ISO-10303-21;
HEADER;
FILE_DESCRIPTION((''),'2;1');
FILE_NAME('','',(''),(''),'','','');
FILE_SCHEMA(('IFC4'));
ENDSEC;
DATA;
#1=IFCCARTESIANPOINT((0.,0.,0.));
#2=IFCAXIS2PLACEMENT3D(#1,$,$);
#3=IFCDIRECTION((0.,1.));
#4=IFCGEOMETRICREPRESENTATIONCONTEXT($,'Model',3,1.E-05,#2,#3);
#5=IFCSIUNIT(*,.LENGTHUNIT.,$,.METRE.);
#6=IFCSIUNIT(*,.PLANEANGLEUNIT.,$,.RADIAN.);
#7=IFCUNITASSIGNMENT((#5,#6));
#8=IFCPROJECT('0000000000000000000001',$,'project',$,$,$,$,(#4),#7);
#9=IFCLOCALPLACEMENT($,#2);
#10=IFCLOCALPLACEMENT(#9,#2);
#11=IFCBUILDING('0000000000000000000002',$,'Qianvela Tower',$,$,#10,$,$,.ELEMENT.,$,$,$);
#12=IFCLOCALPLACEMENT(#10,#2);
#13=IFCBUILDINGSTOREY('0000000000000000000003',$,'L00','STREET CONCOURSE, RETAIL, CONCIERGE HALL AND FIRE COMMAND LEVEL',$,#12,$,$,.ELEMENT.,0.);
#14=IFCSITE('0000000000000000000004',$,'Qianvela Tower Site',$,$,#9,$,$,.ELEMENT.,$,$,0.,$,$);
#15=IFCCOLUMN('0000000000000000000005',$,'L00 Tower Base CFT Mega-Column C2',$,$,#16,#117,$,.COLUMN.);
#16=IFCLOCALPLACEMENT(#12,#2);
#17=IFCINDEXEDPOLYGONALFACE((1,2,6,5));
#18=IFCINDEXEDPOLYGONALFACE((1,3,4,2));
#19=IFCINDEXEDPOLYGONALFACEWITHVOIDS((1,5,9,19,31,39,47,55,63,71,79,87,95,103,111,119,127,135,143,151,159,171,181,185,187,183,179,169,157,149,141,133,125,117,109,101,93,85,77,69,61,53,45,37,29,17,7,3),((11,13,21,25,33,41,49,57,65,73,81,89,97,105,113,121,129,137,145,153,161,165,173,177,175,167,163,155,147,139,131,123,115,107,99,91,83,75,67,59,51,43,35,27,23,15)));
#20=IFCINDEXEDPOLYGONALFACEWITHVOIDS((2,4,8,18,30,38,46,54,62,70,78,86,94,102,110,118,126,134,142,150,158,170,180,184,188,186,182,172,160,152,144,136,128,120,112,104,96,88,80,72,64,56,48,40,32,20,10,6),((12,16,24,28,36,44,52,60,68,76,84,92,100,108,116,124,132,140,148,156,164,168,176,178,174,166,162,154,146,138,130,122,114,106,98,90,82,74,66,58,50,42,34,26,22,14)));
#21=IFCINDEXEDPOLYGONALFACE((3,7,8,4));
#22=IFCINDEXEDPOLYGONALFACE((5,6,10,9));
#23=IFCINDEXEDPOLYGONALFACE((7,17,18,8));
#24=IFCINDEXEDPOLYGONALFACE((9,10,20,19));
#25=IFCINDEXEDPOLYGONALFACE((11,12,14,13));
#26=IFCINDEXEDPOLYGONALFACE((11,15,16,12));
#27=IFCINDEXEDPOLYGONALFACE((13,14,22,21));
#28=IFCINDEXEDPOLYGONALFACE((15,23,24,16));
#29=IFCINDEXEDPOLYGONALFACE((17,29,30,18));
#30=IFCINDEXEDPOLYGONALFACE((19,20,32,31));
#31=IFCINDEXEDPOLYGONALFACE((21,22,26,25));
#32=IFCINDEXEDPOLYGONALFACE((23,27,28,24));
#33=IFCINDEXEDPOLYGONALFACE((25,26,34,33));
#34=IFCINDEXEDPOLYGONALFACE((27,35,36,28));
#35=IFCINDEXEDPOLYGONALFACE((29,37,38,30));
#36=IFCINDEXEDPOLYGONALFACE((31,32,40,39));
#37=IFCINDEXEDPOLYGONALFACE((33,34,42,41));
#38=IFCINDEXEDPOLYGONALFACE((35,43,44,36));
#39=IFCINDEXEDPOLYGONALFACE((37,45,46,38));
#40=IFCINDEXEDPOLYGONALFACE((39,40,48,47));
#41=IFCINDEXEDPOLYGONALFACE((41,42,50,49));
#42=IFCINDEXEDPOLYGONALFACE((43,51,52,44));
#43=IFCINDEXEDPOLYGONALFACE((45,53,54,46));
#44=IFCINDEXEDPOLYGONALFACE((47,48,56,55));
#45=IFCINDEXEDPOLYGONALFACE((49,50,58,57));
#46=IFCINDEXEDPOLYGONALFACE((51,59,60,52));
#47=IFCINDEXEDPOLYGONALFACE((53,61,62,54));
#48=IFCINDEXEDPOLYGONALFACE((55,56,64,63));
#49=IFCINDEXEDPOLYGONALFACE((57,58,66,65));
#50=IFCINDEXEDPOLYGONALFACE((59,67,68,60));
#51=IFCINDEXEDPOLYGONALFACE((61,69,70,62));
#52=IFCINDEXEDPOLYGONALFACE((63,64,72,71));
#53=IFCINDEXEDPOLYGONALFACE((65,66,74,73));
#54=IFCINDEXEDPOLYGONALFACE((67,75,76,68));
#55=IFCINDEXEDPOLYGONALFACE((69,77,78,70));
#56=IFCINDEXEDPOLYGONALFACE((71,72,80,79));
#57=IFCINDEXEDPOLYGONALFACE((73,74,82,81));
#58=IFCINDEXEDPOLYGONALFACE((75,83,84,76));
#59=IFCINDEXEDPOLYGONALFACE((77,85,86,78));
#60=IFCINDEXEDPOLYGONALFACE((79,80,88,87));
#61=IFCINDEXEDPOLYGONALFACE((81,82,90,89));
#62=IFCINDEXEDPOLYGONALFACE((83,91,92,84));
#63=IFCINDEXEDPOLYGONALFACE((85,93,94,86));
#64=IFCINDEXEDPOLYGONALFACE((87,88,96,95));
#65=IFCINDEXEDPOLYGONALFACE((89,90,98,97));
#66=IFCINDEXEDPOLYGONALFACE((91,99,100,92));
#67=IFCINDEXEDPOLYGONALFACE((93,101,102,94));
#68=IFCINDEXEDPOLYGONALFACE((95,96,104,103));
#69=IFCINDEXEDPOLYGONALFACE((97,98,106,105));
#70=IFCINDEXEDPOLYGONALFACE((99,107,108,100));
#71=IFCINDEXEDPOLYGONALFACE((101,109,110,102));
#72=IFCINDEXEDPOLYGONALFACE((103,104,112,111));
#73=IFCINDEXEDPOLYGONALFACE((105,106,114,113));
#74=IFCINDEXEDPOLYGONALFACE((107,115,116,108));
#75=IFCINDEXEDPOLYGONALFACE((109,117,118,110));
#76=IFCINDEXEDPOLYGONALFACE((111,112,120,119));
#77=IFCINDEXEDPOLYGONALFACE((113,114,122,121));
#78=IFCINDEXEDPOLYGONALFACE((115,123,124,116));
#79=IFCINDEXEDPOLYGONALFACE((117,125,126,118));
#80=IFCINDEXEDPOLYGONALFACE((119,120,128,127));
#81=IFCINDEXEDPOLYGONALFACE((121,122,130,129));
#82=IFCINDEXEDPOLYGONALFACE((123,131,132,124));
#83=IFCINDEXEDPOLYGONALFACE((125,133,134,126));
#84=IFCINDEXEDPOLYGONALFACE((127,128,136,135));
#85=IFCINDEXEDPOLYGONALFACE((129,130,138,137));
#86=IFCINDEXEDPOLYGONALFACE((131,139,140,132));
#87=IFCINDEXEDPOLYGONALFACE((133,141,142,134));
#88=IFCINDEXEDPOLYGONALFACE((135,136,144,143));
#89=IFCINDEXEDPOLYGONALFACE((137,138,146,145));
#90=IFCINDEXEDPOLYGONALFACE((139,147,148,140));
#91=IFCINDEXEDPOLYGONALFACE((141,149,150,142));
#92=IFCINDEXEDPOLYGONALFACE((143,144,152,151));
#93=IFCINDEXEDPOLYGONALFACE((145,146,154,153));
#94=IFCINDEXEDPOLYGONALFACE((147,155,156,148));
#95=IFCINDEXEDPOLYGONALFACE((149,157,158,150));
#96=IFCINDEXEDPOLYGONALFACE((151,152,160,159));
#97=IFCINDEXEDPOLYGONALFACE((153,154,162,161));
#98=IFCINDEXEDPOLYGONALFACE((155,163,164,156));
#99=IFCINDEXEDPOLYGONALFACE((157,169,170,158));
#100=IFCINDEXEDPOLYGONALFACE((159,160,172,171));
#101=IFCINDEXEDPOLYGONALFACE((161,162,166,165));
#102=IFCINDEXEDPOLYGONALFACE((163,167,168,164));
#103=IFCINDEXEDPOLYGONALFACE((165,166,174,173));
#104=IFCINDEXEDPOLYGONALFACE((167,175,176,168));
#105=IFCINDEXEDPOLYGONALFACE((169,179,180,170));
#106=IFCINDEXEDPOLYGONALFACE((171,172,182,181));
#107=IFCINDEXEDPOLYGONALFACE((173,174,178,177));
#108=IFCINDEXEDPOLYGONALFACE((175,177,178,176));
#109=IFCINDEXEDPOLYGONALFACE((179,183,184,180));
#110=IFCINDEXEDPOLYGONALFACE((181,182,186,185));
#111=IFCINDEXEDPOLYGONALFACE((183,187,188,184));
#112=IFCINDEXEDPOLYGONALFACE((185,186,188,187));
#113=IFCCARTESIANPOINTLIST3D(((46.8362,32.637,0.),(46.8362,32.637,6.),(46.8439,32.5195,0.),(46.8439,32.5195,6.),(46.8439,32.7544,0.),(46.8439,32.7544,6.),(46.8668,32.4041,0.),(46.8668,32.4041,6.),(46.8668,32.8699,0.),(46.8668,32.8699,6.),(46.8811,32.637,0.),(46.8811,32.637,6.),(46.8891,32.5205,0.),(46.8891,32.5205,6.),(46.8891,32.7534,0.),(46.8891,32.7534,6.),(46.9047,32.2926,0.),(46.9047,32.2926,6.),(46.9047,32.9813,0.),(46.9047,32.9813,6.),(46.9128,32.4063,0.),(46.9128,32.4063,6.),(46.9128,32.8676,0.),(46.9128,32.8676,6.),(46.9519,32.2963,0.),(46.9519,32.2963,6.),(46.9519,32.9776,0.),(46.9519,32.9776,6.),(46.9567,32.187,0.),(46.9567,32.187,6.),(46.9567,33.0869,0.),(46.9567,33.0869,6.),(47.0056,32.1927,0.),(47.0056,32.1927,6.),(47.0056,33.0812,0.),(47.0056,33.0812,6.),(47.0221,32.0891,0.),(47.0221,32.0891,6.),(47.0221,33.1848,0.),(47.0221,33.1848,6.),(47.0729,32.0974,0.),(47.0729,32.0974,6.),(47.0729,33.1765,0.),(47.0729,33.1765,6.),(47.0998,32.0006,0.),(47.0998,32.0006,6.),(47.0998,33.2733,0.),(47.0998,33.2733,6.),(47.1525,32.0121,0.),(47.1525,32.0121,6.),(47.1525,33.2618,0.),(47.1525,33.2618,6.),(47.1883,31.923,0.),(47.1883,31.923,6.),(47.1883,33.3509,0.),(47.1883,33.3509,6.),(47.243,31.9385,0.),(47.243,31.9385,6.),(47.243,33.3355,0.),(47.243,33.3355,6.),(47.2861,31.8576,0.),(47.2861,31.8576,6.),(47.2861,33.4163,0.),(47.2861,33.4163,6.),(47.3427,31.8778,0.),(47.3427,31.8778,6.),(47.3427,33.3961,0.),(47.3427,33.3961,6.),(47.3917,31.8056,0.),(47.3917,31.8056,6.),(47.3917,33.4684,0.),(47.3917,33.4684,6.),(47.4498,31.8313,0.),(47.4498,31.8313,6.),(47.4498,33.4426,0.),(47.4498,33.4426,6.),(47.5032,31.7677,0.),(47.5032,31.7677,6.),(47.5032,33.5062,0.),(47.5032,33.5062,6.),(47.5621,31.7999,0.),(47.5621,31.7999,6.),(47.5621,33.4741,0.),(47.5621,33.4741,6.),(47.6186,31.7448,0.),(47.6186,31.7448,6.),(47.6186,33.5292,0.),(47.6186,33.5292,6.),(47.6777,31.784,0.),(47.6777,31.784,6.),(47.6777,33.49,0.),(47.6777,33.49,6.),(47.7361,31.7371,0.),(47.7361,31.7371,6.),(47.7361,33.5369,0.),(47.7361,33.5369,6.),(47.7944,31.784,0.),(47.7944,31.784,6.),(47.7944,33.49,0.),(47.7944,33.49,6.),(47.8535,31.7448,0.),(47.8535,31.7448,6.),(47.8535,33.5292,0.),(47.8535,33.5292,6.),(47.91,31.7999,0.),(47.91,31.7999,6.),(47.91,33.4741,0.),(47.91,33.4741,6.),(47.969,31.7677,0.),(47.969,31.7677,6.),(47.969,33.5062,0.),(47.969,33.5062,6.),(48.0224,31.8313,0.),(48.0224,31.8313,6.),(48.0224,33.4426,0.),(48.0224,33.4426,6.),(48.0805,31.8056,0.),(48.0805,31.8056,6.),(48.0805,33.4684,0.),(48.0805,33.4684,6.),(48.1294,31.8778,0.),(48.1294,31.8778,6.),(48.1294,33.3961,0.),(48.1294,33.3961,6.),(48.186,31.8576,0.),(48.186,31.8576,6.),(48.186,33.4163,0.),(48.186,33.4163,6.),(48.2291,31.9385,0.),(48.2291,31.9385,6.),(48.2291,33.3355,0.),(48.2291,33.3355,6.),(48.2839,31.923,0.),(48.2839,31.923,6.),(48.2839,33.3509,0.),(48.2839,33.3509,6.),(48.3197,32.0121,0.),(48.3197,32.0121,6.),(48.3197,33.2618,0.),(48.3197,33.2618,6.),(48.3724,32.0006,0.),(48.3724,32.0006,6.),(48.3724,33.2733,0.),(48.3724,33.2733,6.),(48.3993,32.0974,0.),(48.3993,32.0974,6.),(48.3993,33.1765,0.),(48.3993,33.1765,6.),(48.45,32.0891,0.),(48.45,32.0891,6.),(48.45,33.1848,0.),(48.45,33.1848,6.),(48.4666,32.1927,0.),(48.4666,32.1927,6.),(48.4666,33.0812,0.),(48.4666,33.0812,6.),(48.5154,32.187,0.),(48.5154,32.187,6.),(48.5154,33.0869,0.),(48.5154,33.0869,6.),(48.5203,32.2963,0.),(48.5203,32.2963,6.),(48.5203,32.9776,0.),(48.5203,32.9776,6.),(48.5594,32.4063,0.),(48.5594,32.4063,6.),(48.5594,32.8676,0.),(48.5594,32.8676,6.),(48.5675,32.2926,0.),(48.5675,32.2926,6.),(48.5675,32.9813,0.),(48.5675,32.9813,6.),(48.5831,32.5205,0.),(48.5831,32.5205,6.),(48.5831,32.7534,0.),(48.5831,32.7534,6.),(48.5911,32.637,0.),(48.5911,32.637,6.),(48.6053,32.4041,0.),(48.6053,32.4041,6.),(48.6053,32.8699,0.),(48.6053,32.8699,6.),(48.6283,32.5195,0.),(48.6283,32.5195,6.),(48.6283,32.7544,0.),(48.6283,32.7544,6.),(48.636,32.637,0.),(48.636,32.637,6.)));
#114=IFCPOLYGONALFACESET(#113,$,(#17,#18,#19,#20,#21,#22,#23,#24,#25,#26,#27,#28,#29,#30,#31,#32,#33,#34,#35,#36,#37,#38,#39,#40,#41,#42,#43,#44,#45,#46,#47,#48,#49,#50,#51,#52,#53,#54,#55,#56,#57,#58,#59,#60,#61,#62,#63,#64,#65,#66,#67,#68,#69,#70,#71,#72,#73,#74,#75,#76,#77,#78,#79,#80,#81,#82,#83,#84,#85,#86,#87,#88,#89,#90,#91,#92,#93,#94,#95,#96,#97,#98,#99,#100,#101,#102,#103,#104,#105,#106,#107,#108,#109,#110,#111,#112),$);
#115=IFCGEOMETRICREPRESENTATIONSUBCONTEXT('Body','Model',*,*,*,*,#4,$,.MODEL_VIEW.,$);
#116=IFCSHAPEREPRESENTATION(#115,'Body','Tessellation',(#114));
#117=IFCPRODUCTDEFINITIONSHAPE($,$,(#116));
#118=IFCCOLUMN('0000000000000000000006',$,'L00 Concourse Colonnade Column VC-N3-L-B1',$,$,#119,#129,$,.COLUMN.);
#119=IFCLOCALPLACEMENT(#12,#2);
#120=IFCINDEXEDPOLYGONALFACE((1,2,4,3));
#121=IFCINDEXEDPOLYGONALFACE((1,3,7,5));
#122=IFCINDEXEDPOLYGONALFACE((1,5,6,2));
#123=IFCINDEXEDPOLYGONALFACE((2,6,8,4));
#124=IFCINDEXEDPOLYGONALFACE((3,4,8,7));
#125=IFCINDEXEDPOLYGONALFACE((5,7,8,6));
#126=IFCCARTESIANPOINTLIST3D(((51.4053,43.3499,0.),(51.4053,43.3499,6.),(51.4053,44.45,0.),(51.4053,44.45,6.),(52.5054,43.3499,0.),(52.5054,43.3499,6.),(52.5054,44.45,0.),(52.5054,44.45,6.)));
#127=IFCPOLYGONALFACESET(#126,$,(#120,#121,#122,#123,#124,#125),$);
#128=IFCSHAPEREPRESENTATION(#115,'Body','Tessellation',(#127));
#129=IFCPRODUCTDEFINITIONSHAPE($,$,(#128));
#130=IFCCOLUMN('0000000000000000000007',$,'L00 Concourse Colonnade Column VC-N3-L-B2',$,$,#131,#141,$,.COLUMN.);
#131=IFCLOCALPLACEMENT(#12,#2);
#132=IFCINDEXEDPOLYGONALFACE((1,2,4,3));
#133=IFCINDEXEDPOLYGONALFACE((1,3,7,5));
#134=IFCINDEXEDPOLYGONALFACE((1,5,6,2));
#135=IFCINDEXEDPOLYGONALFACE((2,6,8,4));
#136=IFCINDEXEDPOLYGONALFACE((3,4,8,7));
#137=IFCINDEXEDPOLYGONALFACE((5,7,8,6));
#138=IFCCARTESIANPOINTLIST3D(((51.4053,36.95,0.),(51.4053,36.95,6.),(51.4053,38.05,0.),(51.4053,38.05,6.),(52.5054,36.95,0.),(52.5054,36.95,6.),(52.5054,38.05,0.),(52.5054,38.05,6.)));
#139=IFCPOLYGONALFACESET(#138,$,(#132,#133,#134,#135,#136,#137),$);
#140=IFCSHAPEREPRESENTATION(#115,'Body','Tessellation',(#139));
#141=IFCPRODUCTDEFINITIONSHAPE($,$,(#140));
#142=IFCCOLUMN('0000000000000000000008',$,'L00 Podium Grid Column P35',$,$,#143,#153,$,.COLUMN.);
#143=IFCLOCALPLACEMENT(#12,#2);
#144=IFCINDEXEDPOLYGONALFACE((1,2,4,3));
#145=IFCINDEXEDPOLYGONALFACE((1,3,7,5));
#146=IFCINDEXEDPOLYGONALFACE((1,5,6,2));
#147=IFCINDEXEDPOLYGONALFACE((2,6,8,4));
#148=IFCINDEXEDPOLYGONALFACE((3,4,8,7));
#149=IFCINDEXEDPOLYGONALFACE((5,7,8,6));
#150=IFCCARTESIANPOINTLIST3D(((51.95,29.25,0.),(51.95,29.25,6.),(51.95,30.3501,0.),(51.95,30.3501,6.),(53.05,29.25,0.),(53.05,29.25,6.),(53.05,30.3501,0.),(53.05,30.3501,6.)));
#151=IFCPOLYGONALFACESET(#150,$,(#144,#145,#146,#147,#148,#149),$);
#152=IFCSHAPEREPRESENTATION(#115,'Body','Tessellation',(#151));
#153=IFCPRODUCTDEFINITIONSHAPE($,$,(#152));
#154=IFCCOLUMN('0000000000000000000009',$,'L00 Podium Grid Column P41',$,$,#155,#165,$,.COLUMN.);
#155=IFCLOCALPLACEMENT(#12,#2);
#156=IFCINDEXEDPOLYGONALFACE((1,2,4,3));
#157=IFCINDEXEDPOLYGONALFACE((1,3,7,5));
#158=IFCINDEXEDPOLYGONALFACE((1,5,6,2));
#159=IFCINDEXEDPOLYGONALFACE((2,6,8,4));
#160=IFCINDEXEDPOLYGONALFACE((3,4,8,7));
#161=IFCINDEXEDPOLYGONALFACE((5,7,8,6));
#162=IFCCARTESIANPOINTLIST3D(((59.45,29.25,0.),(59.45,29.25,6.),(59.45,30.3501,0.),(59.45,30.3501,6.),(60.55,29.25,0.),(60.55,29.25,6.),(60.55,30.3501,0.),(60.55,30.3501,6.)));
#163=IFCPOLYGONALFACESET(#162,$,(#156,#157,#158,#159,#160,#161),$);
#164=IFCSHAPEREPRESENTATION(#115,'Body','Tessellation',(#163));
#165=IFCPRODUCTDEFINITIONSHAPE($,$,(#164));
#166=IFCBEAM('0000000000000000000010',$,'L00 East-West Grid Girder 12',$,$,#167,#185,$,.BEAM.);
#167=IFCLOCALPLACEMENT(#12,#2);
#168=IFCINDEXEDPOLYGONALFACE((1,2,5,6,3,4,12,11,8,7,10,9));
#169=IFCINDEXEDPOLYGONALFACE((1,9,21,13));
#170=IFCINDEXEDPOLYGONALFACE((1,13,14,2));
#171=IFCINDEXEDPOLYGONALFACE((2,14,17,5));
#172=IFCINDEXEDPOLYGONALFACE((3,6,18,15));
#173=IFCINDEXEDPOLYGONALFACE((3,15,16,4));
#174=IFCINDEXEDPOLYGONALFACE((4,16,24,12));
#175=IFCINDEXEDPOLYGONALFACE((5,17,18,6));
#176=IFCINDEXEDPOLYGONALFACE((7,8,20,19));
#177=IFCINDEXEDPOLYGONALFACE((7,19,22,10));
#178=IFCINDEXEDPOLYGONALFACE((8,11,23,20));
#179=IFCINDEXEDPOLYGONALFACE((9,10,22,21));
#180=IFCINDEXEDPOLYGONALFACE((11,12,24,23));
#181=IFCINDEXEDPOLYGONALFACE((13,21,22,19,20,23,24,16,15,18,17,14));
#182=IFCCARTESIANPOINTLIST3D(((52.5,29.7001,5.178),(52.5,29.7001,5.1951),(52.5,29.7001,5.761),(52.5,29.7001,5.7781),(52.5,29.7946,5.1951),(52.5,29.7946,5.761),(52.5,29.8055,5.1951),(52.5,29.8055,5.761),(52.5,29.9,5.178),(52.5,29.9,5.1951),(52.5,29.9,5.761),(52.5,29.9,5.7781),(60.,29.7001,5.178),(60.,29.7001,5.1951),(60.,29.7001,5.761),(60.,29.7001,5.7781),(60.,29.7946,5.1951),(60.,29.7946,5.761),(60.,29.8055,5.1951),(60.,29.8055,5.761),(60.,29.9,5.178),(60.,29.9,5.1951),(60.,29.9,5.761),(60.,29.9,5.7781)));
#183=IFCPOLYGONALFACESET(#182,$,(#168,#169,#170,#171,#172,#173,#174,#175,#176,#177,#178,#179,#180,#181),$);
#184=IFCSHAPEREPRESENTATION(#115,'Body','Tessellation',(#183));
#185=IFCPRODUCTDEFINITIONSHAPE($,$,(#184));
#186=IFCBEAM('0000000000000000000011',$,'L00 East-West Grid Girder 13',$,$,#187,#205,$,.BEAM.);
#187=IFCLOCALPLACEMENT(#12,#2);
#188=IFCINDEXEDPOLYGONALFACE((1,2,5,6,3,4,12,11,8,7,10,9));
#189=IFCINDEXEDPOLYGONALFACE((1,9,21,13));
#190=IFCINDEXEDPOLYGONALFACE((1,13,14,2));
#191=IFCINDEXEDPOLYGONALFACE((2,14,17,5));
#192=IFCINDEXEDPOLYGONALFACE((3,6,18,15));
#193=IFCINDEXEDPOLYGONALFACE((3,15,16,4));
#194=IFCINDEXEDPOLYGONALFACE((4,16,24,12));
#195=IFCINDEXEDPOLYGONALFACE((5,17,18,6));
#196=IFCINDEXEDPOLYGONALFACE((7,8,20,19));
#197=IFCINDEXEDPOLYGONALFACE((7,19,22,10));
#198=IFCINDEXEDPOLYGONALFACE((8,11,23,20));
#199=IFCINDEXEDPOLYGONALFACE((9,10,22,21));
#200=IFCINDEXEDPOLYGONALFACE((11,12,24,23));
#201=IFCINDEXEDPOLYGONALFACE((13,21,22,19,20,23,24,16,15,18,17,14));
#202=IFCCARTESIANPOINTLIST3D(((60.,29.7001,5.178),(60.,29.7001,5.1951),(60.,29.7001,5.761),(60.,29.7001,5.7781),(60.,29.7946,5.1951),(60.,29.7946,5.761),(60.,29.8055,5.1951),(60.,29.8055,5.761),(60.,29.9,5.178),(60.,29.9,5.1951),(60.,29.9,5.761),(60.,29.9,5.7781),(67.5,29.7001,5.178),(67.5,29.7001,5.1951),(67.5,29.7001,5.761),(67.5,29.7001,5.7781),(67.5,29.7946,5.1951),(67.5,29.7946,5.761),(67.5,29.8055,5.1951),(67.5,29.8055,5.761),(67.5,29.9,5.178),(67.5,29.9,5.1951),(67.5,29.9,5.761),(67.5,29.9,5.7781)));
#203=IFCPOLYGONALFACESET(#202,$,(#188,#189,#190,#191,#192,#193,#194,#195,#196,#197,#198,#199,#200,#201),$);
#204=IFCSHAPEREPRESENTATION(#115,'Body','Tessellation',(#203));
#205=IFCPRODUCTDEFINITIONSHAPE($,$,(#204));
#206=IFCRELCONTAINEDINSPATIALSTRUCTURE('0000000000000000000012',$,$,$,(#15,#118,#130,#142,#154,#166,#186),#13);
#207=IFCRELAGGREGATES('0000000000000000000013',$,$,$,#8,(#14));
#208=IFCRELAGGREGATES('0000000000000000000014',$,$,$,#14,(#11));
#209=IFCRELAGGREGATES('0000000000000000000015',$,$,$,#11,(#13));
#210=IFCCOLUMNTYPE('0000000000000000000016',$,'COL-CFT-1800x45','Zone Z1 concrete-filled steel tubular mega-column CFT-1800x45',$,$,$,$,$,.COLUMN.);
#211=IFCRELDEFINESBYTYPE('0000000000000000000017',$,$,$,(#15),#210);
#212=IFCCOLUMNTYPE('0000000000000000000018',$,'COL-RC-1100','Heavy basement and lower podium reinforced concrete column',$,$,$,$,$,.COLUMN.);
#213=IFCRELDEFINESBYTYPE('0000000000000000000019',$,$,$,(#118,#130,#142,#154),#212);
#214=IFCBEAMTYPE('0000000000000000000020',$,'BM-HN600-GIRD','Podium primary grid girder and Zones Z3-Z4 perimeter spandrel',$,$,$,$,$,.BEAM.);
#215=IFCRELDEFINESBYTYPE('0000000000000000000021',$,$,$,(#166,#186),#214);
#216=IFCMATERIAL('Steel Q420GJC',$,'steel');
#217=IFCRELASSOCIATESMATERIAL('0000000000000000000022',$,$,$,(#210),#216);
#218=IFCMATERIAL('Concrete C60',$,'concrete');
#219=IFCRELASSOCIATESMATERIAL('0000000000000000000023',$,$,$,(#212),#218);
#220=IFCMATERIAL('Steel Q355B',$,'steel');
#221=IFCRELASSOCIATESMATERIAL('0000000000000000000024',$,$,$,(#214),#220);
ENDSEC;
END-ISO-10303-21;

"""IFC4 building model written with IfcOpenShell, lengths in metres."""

from ifc_helpers import new_model, si_unit, direction, frame, origin, origin_2d, place, context, subcontext, project, spatial, rectangle, hollow_circle, i_section, extrude, material, material_profile, profile_set, type_object, element, save


model = new_model("IFC4")

# Units and contexts
model_context = context("Model", 3, precision=1e-05, world=origin(), true_north=direction((0.0, 1.0)))
body_context = subcontext(model_context, "Body", "Model", "MODEL_VIEW")
ifc_project = project(units=[si_unit("LENGTHUNIT", "METRE"), si_unit("PLANEANGLEUNIT", "RADIAN")], contexts=[model_context])

# Site, building, storey
site_placement = place(None, origin())
site = spatial("IfcSite", under=ifc_project, at=site_placement, Name="Qianvela Tower Site", CompositionType="ELEMENT", RefElevation=0.0)
building_placement = place(site_placement, origin())
building = spatial("IfcBuilding", under=site, at=building_placement, Name="Qianvela Tower", CompositionType="ELEMENT")
storey_placement = place(building_placement, origin())
storey = spatial("IfcBuildingStorey", under=building, at=storey_placement, Name="L00", Description="STREET CONCOURSE, RETAIL, CONCIERGE HALL AND FIRE COMMAND LEVEL", CompositionType="ELEMENT", Elevation=0.0)

# Columns
ifc_material_1 = material(Name="Steel Q420GJC", Category="steel")
ifc_material_profile_1 = material_profile(ifc_material_1, hollow_circle(Radius=0.8999, WallThickness=0.0449, at=origin_2d()), Name="CFT-1800x45")
ifc_profile_set_1 = profile_set([ifc_material_profile_1], Name="Steel Q420GJC")
column_type_1 = type_object("IfcColumnType", Name="COL-CFT-1800x45", Description="Zone Z1 concrete-filled steel tubular mega-column CFT-1800x45", PredefinedType="COLUMN", material=ifc_profile_set_1)
column_placement = place(storey_placement, frame((47.7361, 32.637, 0.0), z_axis=(0.0, 0.0, 1.0), x_axis=(1.0, 0.0, 0.0)))
element("IfcColumn", 1, at=column_placement, inside=storey, type_object=column_type_1, Name="L00 Tower Base CFT Mega-Column C2", PredefinedType="COLUMN", context=body_context, shape_type="SweptSolid", body=[
    extrude(hollow_circle(Radius=0.8999, WallThickness=0.0449, at=origin_2d()), origin(), (0.0, 0.0, 1.0), 6.0),
])
ifc_material_2 = material(Name="Concrete C60", Category="concrete")
ifc_material_profile_2 = material_profile(ifc_material_2, rectangle(XDim=1.1001, YDim=1.1001, at=origin_2d()), Name="RC-COL-1100x1100")
ifc_profile_set_2 = profile_set([ifc_material_profile_2], Name="Concrete C60")
column_type_2 = type_object("IfcColumnType", Name="COL-RC-1100", Description="Heavy basement and lower podium reinforced concrete column", PredefinedType="COLUMN", material=ifc_profile_set_2)
for number, where, z_axis, x_axis, name in (
    (2, (51.9553, 43.8999, 0.0), (0.0, 0.0, 1.0), (1.0, 0.0, 0.0), "L00 Concourse Colonnade Column VC-N3-L-B1"),
    (3, (51.9553, 37.5, 0.0), (0.0, 0.0, 1.0), (1.0, 0.0, 0.0), "L00 Concourse Colonnade Column VC-N3-L-B2"),
    (4, (52.5, 29.8, 0.0), (0.0, 0.0, 1.0), (1.0, 0.0, 0.0), "L00 Podium Grid Column P35"),
    (5, (60.0, 29.8, 0.0), (0.0, 0.0, 1.0), (1.0, 0.0, 0.0), "L00 Podium Grid Column P41"),
):
    element("IfcColumn", number, at=place(storey_placement, frame(where, z_axis=z_axis, x_axis=x_axis)), inside=storey, type_object=column_type_2, Name=name, PredefinedType="COLUMN", context=body_context, shape_type="SweptSolid", body=[
        extrude(rectangle(XDim=1.1001, YDim=1.1001, at=origin_2d()), origin(), (0.0, 0.0, 1.0), 6.0),
    ])

# Beams
ifc_material_3 = material(Name="Steel Q355B", Category="steel")
ifc_material_profile_3 = material_profile(ifc_material_3, i_section(OverallWidth=0.2, OverallDepth=0.6001, WebThickness=0.011, FlangeThickness=0.0171, at=origin_2d()), Name="HN600x200x11x17")
ifc_profile_set_3 = profile_set([ifc_material_profile_3], Name="Steel Q355B")
beam_type = type_object("IfcBeamType", Name="BM-HN600-GIRD", Description="Podium primary grid girder and Zones Z3-Z4 perimeter spandrel", PredefinedType="BEAM", material=ifc_profile_set_3)
for number, where, z_axis, x_axis, name in (
    (6, (52.5, 29.8, 5.478), (1.0, 0.0, 0.0), (0.0, 1.0, 0.0), "L00 East-West Grid Girder 12"),
    (7, (60.0, 29.8, 5.478), (1.0, 0.0, 0.0), (0.0, 1.0, 0.0), "L00 East-West Grid Girder 13"),
):
    element("IfcBeam", number, at=place(storey_placement, frame(where, z_axis=z_axis, x_axis=x_axis)), inside=storey, type_object=beam_type, Name=name, PredefinedType="BEAM", context=body_context, shape_type="SweptSolid", body=[
        extrude(i_section(OverallWidth=0.2, OverallDepth=0.6001, WebThickness=0.011, FlangeThickness=0.0171, at=origin_2d()), origin(), (0.0, 0.0, 1.0), 7.5),
    ])

save(model, "model.ifc")
